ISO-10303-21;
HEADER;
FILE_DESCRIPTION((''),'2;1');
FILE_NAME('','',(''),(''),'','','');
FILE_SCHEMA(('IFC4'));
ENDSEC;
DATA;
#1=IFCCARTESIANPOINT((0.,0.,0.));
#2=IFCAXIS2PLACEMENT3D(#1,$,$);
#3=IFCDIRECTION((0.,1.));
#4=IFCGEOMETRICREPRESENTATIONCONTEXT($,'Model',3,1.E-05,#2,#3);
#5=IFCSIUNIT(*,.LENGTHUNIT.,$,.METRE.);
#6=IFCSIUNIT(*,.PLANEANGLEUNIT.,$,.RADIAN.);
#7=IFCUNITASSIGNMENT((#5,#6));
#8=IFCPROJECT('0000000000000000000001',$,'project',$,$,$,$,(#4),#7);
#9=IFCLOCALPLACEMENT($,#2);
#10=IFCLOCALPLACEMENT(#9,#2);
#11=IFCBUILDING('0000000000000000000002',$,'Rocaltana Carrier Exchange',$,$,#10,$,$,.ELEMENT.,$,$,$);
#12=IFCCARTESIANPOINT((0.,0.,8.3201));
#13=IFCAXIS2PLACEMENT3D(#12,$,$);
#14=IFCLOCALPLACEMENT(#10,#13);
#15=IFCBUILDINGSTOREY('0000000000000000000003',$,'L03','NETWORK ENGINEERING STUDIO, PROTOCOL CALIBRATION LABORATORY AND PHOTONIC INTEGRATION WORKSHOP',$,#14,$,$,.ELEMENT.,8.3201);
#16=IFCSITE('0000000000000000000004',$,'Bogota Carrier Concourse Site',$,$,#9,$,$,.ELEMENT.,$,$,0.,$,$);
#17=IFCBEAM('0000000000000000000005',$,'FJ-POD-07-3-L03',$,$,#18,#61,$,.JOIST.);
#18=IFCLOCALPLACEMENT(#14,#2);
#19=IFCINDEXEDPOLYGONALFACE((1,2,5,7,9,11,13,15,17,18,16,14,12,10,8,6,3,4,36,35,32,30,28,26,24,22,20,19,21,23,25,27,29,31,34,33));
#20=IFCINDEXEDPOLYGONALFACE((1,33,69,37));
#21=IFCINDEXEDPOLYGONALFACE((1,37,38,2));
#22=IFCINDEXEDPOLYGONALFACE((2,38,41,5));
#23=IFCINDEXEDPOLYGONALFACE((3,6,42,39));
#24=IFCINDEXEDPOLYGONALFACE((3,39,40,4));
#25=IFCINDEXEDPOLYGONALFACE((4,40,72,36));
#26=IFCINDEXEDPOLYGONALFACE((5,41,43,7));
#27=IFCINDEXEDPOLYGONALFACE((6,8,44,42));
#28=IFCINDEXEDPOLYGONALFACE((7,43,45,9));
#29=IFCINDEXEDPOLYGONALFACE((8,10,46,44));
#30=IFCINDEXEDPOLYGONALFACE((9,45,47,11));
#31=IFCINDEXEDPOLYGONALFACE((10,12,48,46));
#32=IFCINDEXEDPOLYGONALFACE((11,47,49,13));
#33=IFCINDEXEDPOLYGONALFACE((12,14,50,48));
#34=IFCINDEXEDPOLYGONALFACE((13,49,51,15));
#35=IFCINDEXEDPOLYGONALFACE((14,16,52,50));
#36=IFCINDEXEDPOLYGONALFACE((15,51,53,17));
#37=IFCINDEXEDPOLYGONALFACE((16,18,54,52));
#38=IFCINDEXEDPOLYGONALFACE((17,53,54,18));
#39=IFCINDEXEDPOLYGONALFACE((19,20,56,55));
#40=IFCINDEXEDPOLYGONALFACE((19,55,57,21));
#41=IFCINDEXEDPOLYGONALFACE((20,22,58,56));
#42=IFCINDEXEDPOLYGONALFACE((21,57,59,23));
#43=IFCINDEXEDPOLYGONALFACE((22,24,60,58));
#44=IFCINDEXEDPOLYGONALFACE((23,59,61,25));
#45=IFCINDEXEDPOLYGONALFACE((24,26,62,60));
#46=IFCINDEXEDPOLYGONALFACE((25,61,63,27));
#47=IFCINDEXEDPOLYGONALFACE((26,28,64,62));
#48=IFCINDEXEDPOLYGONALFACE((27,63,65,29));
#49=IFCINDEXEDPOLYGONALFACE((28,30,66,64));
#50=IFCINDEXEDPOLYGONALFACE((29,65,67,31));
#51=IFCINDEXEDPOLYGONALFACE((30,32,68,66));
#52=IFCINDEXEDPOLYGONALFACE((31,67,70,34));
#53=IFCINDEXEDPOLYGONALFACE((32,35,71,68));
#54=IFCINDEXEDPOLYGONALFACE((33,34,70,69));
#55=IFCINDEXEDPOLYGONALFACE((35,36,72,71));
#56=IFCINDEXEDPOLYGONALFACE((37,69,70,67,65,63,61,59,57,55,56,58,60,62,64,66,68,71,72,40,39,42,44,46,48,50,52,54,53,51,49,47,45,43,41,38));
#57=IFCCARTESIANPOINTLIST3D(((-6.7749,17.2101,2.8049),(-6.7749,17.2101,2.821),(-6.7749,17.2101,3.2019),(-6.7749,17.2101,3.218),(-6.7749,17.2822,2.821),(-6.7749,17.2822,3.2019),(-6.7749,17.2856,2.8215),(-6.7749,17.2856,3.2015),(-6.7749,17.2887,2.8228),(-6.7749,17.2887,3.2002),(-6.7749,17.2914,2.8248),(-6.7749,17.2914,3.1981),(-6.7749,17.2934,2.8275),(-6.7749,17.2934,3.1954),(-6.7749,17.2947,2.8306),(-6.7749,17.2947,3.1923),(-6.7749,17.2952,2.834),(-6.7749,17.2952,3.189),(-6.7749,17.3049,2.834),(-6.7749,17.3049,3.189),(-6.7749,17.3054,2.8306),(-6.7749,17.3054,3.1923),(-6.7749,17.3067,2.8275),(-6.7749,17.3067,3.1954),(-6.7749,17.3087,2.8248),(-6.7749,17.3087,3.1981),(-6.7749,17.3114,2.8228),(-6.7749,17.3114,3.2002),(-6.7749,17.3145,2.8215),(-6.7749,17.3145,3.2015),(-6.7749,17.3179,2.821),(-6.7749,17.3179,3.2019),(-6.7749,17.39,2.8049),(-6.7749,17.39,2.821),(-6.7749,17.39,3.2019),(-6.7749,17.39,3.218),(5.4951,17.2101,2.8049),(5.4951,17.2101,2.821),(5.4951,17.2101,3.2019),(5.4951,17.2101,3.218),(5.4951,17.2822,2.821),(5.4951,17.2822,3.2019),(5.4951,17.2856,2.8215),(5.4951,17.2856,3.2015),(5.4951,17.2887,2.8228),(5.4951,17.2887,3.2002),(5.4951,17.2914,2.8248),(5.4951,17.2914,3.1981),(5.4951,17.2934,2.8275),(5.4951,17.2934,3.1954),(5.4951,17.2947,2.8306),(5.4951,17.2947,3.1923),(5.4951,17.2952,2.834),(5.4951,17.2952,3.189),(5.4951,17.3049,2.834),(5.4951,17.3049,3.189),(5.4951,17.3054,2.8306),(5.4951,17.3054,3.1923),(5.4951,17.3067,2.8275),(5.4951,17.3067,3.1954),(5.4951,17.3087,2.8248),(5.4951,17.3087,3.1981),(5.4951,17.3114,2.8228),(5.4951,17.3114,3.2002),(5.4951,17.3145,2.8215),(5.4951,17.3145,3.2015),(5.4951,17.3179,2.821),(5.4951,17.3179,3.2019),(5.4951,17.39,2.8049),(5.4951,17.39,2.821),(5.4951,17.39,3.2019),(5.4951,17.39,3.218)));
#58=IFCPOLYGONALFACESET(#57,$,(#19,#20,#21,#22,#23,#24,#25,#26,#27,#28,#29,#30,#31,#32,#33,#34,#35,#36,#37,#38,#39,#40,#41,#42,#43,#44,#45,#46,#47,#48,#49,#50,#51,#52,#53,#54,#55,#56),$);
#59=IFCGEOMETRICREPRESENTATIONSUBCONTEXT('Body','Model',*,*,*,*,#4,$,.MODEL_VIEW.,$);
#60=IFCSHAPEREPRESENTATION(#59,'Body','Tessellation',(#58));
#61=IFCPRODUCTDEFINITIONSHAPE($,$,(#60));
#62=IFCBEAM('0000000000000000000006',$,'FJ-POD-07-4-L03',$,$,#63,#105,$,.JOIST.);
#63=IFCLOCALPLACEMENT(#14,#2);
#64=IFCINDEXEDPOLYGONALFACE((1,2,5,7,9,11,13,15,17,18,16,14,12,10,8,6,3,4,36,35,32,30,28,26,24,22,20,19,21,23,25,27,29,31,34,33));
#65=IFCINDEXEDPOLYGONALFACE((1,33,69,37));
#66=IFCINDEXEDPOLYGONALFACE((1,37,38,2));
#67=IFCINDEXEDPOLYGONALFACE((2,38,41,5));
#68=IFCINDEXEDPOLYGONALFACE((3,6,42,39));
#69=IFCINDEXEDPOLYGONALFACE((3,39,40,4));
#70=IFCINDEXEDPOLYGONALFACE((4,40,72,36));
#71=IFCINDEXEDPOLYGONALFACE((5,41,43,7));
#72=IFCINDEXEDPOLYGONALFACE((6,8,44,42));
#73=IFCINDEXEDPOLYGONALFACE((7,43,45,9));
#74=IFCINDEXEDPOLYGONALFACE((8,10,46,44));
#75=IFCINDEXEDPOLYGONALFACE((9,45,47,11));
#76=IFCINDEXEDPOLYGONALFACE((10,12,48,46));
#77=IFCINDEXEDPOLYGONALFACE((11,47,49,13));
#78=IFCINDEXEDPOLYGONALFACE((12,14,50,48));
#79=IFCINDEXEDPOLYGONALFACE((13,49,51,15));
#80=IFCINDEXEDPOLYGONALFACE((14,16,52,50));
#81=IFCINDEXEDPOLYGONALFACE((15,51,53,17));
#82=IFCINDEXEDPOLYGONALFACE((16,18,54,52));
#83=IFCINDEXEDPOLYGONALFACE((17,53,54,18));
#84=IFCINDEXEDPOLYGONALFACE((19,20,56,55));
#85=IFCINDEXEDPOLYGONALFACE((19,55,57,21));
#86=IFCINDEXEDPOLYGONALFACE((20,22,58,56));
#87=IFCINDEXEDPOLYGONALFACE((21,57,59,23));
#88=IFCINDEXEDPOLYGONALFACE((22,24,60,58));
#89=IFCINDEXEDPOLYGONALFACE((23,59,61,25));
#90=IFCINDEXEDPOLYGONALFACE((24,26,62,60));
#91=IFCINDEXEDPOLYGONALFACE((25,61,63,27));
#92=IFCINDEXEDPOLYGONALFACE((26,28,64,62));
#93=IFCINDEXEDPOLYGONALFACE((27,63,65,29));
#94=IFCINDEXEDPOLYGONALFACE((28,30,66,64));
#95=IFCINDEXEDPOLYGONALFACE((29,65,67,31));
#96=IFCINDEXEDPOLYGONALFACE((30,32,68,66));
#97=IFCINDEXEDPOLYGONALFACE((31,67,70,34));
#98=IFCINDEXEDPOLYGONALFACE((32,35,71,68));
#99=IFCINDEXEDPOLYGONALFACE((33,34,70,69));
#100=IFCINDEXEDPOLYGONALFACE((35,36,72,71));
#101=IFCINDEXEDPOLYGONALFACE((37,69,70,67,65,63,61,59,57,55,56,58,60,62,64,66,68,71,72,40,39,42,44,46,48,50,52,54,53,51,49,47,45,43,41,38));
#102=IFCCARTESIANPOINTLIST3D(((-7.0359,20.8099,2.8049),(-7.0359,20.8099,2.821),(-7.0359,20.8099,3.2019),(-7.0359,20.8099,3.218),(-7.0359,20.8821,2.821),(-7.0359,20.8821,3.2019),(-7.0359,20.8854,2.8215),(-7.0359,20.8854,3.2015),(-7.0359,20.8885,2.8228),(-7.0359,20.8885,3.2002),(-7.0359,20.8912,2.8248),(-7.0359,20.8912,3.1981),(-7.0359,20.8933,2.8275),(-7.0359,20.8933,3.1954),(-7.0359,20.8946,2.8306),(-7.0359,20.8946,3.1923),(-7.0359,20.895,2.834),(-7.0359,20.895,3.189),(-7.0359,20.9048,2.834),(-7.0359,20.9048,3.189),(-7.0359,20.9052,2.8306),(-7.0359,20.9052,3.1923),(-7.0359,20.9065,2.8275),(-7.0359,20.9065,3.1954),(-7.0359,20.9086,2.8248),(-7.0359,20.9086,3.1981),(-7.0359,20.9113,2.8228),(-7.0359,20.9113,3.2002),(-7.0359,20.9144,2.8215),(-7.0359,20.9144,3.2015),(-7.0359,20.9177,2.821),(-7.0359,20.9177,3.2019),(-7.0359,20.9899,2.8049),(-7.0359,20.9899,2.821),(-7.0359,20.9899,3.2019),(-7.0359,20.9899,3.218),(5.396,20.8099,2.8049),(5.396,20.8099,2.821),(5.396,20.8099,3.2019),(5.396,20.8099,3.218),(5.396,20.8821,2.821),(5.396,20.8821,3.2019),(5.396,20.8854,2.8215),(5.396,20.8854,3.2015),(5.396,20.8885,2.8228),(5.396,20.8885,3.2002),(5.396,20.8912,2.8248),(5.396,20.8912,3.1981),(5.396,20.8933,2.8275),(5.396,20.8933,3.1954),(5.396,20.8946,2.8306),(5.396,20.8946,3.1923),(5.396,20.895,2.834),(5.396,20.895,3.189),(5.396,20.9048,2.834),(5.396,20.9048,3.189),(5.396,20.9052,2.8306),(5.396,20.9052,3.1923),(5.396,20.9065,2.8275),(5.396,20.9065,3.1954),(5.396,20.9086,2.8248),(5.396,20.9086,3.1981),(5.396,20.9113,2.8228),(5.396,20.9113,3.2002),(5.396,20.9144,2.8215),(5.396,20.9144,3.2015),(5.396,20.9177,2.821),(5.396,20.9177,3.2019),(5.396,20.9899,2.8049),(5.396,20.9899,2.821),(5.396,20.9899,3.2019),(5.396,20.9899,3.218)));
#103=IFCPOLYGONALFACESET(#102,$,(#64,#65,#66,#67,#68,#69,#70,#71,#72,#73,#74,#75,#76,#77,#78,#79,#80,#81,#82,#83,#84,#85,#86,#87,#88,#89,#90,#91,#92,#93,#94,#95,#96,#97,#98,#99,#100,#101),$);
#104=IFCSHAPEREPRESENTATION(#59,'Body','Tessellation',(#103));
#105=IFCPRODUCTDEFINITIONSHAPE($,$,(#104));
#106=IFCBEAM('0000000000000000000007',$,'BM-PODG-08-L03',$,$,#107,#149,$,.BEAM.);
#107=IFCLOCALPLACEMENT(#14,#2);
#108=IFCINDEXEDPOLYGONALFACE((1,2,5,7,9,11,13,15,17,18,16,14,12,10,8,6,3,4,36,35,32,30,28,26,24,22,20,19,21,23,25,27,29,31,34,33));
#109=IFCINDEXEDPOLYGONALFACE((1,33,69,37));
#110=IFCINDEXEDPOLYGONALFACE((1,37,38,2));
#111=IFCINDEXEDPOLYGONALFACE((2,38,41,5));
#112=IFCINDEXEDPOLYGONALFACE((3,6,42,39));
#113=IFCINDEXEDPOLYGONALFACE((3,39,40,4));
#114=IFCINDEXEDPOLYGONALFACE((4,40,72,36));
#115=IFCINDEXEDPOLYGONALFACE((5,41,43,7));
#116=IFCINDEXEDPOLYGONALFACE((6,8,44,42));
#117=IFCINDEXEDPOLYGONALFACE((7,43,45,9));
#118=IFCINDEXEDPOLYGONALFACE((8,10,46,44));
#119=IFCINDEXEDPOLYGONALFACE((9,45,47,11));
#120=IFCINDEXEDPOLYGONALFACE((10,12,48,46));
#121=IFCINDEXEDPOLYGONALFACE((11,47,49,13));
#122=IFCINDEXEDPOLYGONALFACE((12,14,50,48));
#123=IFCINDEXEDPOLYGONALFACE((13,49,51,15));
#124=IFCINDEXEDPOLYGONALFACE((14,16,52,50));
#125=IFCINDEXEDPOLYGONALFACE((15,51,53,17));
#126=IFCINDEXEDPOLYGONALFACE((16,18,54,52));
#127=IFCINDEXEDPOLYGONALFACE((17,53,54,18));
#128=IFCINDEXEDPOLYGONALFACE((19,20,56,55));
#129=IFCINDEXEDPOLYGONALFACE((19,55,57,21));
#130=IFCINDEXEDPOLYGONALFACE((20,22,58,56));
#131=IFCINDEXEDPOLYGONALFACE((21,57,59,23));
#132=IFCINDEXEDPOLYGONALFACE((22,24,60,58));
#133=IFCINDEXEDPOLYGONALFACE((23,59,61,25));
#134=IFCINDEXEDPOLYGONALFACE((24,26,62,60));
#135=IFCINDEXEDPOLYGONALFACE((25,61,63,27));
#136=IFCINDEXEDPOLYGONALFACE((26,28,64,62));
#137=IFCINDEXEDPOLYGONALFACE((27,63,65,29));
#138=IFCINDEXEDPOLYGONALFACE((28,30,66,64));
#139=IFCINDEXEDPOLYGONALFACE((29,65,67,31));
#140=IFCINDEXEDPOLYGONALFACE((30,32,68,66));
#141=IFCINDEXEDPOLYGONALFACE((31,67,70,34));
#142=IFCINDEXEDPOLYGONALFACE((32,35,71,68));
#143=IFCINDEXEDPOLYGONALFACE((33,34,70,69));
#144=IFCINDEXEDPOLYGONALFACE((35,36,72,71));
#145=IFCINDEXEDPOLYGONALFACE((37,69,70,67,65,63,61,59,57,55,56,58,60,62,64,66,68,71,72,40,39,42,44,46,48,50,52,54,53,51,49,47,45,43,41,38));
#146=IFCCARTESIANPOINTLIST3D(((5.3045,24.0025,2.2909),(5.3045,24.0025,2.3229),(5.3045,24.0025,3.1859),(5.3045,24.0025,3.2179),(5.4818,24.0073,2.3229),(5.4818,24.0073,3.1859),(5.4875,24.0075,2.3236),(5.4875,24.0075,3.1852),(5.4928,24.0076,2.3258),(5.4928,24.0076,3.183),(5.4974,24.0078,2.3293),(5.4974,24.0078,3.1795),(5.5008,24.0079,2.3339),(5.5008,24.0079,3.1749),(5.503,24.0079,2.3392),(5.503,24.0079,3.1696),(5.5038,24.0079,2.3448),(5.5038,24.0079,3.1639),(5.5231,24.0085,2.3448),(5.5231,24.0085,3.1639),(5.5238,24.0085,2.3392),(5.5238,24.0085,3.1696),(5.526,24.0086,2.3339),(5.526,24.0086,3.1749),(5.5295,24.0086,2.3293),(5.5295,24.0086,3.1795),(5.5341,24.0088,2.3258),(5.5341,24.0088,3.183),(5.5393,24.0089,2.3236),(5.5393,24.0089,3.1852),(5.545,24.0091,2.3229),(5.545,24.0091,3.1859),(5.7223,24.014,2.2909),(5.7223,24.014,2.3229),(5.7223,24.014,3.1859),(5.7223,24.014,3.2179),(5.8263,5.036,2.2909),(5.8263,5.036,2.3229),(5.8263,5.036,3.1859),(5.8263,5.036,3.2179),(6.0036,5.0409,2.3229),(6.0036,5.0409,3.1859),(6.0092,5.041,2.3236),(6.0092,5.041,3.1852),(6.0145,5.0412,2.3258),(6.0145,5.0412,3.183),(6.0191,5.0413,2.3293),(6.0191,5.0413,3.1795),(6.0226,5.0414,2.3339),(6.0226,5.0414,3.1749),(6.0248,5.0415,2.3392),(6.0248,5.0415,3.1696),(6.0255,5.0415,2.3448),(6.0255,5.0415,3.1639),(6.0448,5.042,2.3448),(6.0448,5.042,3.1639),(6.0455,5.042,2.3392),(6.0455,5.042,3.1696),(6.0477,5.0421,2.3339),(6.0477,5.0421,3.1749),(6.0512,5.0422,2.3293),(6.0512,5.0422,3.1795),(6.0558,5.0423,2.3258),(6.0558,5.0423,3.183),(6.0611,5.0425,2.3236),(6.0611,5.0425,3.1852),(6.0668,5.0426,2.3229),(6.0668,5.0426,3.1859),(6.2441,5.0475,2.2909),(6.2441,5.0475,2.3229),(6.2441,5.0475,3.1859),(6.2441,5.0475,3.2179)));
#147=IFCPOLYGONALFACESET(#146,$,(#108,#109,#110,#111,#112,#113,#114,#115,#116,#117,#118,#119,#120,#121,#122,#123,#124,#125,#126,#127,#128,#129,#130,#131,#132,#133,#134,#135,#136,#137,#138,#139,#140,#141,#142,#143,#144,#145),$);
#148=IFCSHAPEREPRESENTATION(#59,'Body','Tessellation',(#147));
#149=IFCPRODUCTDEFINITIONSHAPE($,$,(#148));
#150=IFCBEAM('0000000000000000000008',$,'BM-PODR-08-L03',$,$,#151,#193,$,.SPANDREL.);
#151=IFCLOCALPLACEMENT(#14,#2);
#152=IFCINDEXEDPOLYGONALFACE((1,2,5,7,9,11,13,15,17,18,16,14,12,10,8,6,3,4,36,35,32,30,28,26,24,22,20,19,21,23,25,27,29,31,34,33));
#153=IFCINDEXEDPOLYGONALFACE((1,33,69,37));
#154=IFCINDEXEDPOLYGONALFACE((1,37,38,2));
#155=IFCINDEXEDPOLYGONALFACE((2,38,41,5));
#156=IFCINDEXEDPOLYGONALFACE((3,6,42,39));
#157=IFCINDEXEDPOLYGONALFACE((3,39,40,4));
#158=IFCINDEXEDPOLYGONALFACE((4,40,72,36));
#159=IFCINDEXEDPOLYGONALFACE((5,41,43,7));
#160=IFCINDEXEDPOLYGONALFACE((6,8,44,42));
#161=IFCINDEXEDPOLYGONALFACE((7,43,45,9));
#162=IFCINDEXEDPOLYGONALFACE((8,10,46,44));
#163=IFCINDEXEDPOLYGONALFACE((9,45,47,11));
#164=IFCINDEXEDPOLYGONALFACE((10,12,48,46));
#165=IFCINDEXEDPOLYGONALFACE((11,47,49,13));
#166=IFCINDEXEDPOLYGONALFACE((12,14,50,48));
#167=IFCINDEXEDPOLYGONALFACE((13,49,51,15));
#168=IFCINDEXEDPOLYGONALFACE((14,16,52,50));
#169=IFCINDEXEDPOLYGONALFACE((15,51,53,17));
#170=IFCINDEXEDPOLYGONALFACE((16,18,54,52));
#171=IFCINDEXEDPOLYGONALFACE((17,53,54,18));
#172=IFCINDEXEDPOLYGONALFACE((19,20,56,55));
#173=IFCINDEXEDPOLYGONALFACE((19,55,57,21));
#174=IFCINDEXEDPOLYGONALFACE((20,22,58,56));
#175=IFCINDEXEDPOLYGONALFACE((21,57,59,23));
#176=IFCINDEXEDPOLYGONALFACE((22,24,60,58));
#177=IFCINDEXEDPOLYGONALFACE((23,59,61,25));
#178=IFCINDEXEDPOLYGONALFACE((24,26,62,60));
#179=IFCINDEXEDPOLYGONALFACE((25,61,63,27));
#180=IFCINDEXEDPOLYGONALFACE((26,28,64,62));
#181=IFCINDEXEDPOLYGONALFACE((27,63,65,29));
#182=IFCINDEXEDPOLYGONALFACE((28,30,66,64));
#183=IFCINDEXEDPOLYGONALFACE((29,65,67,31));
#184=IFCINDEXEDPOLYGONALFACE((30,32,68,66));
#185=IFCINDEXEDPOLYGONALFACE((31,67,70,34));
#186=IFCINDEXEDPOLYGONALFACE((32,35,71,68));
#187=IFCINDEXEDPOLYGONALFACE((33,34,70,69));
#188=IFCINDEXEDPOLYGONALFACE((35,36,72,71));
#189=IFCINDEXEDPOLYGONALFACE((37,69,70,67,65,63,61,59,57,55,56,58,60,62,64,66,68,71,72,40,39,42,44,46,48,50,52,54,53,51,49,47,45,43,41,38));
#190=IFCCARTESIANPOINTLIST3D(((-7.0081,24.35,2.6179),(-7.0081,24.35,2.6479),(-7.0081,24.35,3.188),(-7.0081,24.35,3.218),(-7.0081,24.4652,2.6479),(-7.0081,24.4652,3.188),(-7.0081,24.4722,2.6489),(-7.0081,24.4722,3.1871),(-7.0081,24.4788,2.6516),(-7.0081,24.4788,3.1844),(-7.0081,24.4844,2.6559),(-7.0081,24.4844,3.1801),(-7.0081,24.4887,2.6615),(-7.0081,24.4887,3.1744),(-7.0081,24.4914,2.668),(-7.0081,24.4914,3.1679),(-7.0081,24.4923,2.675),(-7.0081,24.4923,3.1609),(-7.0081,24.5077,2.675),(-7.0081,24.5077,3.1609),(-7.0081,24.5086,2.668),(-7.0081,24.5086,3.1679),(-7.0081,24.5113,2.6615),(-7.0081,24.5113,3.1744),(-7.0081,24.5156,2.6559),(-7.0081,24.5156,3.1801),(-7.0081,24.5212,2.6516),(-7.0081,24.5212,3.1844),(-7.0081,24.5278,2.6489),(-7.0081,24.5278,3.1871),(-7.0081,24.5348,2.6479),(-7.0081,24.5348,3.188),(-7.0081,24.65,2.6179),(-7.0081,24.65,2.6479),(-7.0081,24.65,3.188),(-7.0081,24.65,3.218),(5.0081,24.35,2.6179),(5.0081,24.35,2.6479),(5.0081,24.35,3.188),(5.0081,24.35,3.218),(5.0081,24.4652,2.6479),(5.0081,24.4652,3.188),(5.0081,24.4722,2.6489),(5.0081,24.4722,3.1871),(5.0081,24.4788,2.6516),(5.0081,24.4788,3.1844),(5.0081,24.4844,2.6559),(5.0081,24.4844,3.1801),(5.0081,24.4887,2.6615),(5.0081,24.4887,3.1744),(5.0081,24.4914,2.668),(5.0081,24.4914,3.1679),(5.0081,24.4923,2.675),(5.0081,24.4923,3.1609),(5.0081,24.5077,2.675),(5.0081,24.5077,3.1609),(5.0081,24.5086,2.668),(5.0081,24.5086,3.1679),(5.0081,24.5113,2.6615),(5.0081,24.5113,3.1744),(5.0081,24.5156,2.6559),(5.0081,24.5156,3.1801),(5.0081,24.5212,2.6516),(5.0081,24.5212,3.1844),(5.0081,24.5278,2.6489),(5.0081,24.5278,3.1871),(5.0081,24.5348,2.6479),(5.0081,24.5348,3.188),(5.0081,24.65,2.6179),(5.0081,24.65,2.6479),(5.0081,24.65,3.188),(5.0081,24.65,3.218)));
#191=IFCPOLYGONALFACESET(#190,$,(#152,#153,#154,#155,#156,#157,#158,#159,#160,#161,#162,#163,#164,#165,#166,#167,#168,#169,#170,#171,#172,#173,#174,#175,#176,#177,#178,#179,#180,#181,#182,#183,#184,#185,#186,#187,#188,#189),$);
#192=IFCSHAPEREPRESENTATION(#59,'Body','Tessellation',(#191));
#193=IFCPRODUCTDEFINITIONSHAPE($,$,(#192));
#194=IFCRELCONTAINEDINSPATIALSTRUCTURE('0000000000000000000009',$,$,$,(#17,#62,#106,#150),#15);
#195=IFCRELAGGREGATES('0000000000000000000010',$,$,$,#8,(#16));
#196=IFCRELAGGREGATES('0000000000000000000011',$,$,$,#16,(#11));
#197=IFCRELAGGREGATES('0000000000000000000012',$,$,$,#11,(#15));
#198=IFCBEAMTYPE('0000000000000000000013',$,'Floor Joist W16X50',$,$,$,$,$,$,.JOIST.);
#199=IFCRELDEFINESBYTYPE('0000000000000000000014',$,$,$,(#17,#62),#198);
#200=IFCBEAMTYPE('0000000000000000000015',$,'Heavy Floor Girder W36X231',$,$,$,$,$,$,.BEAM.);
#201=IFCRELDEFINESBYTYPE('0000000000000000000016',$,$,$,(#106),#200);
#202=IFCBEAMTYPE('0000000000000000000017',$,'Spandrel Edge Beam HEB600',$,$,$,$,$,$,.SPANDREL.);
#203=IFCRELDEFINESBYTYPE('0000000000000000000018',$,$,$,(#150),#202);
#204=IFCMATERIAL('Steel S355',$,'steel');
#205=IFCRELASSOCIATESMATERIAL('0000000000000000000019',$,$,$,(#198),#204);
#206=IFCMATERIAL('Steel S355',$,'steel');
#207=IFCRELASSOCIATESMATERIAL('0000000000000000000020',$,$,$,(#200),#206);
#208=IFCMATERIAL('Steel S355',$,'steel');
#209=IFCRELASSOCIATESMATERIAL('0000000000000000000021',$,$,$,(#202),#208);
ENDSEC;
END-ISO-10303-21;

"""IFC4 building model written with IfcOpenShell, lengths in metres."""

from ifc_helpers import new_model, si_unit, direction, frame, origin, origin_2d, place, context, subcontext, project, spatial, i_section, extrude, material, material_profile, profile_set, type_object, element, save


model = new_model("IFC4")

# Units and contexts
model_context = context("Model", 3, precision=1e-05, world=origin(), true_north=direction((0.0, 1.0)))
body_context = subcontext(model_context, "Body", "Model", "MODEL_VIEW")
ifc_project = project(units=[si_unit("LENGTHUNIT", "METRE"), si_unit("PLANEANGLEUNIT", "RADIAN")], contexts=[model_context])

# Site, building, storey
site_placement = place(None, origin())
site = spatial("IfcSite", under=ifc_project, at=site_placement, Name="Bogota Carrier Concourse Site", CompositionType="ELEMENT", RefElevation=0.0)
building_placement = place(site_placement, origin())
building = spatial("IfcBuilding", under=site, at=building_placement, Name="Rocaltana Carrier Exchange", CompositionType="ELEMENT")
storey_placement = place(building_placement, frame((0.0, 0.0, 8.3201)))
storey = spatial("IfcBuildingStorey", under=building, at=storey_placement, Name="L03", Description="NETWORK ENGINEERING STUDIO, PROTOCOL CALIBRATION LABORATORY AND PHOTONIC INTEGRATION WORKSHOP", CompositionType="ELEMENT", Elevation=8.3201)

# Beams
ifc_material_1 = material(Name="Steel S355", Category="steel")
ifc_material_profile_1 = material_profile(ifc_material_1, i_section(OverallWidth=0.1799, OverallDepth=0.4131, WebThickness=0.0098, FlangeThickness=0.0161, FilletRadius=0.0129, at=origin_2d()), Name="W16X50")
ifc_profile_set_1 = profile_set([ifc_material_profile_1], Name="Steel S355")
beam_type_1 = type_object("IfcBeamType", Name="Floor Joist W16X50", PredefinedType="JOIST", material=ifc_profile_set_1)
beam_1_placement = place(storey_placement, frame((5.4951, 17.3, 3.0115), z_axis=(-1.0, 0.0, 0.0), x_axis=(0.0, -1.0, 0.0)))
element("IfcBeam", 1, at=beam_1_placement, inside=storey, type_object=beam_type_1, Name="FJ-POD-07-3-L03", PredefinedType="JOIST", context=body_context, shape_type="SweptSolid", body=[
    extrude(i_section(OverallWidth=0.1799, OverallDepth=0.4131, WebThickness=0.0098, FlangeThickness=0.0161, FilletRadius=0.0129, at=origin_2d()), origin(), (0.0, 0.0, 1.0), 12.27),
])
beam_2_placement = place(storey_placement, frame((5.396, 20.8999, 3.0115), z_axis=(-1.0, 0.0, 0.0), x_axis=(0.0, -1.0, 0.0)))
element("IfcBeam", 2, at=beam_2_placement, inside=storey, type_object=beam_type_1, Name="FJ-POD-07-4-L03", PredefinedType="JOIST", context=body_context, shape_type="SweptSolid", body=[
    extrude(i_section(OverallWidth=0.1799, OverallDepth=0.4131, WebThickness=0.0098, FlangeThickness=0.0161, FilletRadius=0.0129, at=origin_2d()), origin(), (0.0, 0.0, 1.0), 12.4319),
])
ifc_material_2 = material(Name="Steel S355", Category="steel")
ifc_material_profile_2 = material_profile(ifc_material_2, i_section(OverallWidth=0.418, OverallDepth=0.927, WebThickness=0.0193, FlangeThickness=0.032, FilletRadius=0.022, at=origin_2d()), Name="W36X231")
ifc_profile_set_2 = profile_set([ifc_material_profile_2], Name="Steel S355")
beam_type_2 = type_object("IfcBeamType", Name="Heavy Floor Girder W36X231", PredefinedType="BEAM", material=ifc_profile_set_2)
beam_3_placement = place(storey_placement, frame((6.0352, 5.0417, 2.7544), z_axis=(-0.027497, 0.999622, 0.0), x_axis=(-0.999622, -0.027497, 0.0)))
element("IfcBeam", 3, at=beam_3_placement, inside=storey, type_object=beam_type_2, Name="BM-PODG-08-L03", PredefinedType="BEAM", context=body_context, shape_type="SweptSolid", body=[
    extrude(i_section(OverallWidth=0.418, OverallDepth=0.927, WebThickness=0.0193, FlangeThickness=0.032, FilletRadius=0.022, at=origin_2d()), origin(), (0.0, 0.0, 1.0), 18.9736),
])
ifc_material_3 = material(Name="Steel S355", Category="steel")
ifc_material_profile_3 = material_profile(ifc_material_3, i_section(OverallWidth=0.3, OverallDepth=0.6001, WebThickness=0.0154, FlangeThickness=0.03, FilletRadius=0.0271, at=origin_2d()), Name="HEB600")
ifc_profile_set_3 = profile_set([ifc_material_profile_3], Name="Steel S355")
beam_type_3 = type_object("IfcBeamType", Name="Spandrel Edge Beam HEB600", PredefinedType="SPANDREL", material=ifc_profile_set_3)
beam_4_placement = place(storey_placement, frame((5.0081, 24.5, 2.918), z_axis=(-1.0, 0.0, 0.0), x_axis=(0.0, -1.0, 0.0)))
element("IfcBeam", 4, at=beam_4_placement, inside=storey, type_object=beam_type_3, Name="BM-PODR-08-L03", PredefinedType="SPANDREL", context=body_context, shape_type="SweptSolid", body=[
    extrude(i_section(OverallWidth=0.3, OverallDepth=0.6001, WebThickness=0.0154, FlangeThickness=0.03, FilletRadius=0.0271, at=origin_2d()), origin(), (0.0, 0.0, 1.0), 12.0161),
])

save(model, "model.ifc")
